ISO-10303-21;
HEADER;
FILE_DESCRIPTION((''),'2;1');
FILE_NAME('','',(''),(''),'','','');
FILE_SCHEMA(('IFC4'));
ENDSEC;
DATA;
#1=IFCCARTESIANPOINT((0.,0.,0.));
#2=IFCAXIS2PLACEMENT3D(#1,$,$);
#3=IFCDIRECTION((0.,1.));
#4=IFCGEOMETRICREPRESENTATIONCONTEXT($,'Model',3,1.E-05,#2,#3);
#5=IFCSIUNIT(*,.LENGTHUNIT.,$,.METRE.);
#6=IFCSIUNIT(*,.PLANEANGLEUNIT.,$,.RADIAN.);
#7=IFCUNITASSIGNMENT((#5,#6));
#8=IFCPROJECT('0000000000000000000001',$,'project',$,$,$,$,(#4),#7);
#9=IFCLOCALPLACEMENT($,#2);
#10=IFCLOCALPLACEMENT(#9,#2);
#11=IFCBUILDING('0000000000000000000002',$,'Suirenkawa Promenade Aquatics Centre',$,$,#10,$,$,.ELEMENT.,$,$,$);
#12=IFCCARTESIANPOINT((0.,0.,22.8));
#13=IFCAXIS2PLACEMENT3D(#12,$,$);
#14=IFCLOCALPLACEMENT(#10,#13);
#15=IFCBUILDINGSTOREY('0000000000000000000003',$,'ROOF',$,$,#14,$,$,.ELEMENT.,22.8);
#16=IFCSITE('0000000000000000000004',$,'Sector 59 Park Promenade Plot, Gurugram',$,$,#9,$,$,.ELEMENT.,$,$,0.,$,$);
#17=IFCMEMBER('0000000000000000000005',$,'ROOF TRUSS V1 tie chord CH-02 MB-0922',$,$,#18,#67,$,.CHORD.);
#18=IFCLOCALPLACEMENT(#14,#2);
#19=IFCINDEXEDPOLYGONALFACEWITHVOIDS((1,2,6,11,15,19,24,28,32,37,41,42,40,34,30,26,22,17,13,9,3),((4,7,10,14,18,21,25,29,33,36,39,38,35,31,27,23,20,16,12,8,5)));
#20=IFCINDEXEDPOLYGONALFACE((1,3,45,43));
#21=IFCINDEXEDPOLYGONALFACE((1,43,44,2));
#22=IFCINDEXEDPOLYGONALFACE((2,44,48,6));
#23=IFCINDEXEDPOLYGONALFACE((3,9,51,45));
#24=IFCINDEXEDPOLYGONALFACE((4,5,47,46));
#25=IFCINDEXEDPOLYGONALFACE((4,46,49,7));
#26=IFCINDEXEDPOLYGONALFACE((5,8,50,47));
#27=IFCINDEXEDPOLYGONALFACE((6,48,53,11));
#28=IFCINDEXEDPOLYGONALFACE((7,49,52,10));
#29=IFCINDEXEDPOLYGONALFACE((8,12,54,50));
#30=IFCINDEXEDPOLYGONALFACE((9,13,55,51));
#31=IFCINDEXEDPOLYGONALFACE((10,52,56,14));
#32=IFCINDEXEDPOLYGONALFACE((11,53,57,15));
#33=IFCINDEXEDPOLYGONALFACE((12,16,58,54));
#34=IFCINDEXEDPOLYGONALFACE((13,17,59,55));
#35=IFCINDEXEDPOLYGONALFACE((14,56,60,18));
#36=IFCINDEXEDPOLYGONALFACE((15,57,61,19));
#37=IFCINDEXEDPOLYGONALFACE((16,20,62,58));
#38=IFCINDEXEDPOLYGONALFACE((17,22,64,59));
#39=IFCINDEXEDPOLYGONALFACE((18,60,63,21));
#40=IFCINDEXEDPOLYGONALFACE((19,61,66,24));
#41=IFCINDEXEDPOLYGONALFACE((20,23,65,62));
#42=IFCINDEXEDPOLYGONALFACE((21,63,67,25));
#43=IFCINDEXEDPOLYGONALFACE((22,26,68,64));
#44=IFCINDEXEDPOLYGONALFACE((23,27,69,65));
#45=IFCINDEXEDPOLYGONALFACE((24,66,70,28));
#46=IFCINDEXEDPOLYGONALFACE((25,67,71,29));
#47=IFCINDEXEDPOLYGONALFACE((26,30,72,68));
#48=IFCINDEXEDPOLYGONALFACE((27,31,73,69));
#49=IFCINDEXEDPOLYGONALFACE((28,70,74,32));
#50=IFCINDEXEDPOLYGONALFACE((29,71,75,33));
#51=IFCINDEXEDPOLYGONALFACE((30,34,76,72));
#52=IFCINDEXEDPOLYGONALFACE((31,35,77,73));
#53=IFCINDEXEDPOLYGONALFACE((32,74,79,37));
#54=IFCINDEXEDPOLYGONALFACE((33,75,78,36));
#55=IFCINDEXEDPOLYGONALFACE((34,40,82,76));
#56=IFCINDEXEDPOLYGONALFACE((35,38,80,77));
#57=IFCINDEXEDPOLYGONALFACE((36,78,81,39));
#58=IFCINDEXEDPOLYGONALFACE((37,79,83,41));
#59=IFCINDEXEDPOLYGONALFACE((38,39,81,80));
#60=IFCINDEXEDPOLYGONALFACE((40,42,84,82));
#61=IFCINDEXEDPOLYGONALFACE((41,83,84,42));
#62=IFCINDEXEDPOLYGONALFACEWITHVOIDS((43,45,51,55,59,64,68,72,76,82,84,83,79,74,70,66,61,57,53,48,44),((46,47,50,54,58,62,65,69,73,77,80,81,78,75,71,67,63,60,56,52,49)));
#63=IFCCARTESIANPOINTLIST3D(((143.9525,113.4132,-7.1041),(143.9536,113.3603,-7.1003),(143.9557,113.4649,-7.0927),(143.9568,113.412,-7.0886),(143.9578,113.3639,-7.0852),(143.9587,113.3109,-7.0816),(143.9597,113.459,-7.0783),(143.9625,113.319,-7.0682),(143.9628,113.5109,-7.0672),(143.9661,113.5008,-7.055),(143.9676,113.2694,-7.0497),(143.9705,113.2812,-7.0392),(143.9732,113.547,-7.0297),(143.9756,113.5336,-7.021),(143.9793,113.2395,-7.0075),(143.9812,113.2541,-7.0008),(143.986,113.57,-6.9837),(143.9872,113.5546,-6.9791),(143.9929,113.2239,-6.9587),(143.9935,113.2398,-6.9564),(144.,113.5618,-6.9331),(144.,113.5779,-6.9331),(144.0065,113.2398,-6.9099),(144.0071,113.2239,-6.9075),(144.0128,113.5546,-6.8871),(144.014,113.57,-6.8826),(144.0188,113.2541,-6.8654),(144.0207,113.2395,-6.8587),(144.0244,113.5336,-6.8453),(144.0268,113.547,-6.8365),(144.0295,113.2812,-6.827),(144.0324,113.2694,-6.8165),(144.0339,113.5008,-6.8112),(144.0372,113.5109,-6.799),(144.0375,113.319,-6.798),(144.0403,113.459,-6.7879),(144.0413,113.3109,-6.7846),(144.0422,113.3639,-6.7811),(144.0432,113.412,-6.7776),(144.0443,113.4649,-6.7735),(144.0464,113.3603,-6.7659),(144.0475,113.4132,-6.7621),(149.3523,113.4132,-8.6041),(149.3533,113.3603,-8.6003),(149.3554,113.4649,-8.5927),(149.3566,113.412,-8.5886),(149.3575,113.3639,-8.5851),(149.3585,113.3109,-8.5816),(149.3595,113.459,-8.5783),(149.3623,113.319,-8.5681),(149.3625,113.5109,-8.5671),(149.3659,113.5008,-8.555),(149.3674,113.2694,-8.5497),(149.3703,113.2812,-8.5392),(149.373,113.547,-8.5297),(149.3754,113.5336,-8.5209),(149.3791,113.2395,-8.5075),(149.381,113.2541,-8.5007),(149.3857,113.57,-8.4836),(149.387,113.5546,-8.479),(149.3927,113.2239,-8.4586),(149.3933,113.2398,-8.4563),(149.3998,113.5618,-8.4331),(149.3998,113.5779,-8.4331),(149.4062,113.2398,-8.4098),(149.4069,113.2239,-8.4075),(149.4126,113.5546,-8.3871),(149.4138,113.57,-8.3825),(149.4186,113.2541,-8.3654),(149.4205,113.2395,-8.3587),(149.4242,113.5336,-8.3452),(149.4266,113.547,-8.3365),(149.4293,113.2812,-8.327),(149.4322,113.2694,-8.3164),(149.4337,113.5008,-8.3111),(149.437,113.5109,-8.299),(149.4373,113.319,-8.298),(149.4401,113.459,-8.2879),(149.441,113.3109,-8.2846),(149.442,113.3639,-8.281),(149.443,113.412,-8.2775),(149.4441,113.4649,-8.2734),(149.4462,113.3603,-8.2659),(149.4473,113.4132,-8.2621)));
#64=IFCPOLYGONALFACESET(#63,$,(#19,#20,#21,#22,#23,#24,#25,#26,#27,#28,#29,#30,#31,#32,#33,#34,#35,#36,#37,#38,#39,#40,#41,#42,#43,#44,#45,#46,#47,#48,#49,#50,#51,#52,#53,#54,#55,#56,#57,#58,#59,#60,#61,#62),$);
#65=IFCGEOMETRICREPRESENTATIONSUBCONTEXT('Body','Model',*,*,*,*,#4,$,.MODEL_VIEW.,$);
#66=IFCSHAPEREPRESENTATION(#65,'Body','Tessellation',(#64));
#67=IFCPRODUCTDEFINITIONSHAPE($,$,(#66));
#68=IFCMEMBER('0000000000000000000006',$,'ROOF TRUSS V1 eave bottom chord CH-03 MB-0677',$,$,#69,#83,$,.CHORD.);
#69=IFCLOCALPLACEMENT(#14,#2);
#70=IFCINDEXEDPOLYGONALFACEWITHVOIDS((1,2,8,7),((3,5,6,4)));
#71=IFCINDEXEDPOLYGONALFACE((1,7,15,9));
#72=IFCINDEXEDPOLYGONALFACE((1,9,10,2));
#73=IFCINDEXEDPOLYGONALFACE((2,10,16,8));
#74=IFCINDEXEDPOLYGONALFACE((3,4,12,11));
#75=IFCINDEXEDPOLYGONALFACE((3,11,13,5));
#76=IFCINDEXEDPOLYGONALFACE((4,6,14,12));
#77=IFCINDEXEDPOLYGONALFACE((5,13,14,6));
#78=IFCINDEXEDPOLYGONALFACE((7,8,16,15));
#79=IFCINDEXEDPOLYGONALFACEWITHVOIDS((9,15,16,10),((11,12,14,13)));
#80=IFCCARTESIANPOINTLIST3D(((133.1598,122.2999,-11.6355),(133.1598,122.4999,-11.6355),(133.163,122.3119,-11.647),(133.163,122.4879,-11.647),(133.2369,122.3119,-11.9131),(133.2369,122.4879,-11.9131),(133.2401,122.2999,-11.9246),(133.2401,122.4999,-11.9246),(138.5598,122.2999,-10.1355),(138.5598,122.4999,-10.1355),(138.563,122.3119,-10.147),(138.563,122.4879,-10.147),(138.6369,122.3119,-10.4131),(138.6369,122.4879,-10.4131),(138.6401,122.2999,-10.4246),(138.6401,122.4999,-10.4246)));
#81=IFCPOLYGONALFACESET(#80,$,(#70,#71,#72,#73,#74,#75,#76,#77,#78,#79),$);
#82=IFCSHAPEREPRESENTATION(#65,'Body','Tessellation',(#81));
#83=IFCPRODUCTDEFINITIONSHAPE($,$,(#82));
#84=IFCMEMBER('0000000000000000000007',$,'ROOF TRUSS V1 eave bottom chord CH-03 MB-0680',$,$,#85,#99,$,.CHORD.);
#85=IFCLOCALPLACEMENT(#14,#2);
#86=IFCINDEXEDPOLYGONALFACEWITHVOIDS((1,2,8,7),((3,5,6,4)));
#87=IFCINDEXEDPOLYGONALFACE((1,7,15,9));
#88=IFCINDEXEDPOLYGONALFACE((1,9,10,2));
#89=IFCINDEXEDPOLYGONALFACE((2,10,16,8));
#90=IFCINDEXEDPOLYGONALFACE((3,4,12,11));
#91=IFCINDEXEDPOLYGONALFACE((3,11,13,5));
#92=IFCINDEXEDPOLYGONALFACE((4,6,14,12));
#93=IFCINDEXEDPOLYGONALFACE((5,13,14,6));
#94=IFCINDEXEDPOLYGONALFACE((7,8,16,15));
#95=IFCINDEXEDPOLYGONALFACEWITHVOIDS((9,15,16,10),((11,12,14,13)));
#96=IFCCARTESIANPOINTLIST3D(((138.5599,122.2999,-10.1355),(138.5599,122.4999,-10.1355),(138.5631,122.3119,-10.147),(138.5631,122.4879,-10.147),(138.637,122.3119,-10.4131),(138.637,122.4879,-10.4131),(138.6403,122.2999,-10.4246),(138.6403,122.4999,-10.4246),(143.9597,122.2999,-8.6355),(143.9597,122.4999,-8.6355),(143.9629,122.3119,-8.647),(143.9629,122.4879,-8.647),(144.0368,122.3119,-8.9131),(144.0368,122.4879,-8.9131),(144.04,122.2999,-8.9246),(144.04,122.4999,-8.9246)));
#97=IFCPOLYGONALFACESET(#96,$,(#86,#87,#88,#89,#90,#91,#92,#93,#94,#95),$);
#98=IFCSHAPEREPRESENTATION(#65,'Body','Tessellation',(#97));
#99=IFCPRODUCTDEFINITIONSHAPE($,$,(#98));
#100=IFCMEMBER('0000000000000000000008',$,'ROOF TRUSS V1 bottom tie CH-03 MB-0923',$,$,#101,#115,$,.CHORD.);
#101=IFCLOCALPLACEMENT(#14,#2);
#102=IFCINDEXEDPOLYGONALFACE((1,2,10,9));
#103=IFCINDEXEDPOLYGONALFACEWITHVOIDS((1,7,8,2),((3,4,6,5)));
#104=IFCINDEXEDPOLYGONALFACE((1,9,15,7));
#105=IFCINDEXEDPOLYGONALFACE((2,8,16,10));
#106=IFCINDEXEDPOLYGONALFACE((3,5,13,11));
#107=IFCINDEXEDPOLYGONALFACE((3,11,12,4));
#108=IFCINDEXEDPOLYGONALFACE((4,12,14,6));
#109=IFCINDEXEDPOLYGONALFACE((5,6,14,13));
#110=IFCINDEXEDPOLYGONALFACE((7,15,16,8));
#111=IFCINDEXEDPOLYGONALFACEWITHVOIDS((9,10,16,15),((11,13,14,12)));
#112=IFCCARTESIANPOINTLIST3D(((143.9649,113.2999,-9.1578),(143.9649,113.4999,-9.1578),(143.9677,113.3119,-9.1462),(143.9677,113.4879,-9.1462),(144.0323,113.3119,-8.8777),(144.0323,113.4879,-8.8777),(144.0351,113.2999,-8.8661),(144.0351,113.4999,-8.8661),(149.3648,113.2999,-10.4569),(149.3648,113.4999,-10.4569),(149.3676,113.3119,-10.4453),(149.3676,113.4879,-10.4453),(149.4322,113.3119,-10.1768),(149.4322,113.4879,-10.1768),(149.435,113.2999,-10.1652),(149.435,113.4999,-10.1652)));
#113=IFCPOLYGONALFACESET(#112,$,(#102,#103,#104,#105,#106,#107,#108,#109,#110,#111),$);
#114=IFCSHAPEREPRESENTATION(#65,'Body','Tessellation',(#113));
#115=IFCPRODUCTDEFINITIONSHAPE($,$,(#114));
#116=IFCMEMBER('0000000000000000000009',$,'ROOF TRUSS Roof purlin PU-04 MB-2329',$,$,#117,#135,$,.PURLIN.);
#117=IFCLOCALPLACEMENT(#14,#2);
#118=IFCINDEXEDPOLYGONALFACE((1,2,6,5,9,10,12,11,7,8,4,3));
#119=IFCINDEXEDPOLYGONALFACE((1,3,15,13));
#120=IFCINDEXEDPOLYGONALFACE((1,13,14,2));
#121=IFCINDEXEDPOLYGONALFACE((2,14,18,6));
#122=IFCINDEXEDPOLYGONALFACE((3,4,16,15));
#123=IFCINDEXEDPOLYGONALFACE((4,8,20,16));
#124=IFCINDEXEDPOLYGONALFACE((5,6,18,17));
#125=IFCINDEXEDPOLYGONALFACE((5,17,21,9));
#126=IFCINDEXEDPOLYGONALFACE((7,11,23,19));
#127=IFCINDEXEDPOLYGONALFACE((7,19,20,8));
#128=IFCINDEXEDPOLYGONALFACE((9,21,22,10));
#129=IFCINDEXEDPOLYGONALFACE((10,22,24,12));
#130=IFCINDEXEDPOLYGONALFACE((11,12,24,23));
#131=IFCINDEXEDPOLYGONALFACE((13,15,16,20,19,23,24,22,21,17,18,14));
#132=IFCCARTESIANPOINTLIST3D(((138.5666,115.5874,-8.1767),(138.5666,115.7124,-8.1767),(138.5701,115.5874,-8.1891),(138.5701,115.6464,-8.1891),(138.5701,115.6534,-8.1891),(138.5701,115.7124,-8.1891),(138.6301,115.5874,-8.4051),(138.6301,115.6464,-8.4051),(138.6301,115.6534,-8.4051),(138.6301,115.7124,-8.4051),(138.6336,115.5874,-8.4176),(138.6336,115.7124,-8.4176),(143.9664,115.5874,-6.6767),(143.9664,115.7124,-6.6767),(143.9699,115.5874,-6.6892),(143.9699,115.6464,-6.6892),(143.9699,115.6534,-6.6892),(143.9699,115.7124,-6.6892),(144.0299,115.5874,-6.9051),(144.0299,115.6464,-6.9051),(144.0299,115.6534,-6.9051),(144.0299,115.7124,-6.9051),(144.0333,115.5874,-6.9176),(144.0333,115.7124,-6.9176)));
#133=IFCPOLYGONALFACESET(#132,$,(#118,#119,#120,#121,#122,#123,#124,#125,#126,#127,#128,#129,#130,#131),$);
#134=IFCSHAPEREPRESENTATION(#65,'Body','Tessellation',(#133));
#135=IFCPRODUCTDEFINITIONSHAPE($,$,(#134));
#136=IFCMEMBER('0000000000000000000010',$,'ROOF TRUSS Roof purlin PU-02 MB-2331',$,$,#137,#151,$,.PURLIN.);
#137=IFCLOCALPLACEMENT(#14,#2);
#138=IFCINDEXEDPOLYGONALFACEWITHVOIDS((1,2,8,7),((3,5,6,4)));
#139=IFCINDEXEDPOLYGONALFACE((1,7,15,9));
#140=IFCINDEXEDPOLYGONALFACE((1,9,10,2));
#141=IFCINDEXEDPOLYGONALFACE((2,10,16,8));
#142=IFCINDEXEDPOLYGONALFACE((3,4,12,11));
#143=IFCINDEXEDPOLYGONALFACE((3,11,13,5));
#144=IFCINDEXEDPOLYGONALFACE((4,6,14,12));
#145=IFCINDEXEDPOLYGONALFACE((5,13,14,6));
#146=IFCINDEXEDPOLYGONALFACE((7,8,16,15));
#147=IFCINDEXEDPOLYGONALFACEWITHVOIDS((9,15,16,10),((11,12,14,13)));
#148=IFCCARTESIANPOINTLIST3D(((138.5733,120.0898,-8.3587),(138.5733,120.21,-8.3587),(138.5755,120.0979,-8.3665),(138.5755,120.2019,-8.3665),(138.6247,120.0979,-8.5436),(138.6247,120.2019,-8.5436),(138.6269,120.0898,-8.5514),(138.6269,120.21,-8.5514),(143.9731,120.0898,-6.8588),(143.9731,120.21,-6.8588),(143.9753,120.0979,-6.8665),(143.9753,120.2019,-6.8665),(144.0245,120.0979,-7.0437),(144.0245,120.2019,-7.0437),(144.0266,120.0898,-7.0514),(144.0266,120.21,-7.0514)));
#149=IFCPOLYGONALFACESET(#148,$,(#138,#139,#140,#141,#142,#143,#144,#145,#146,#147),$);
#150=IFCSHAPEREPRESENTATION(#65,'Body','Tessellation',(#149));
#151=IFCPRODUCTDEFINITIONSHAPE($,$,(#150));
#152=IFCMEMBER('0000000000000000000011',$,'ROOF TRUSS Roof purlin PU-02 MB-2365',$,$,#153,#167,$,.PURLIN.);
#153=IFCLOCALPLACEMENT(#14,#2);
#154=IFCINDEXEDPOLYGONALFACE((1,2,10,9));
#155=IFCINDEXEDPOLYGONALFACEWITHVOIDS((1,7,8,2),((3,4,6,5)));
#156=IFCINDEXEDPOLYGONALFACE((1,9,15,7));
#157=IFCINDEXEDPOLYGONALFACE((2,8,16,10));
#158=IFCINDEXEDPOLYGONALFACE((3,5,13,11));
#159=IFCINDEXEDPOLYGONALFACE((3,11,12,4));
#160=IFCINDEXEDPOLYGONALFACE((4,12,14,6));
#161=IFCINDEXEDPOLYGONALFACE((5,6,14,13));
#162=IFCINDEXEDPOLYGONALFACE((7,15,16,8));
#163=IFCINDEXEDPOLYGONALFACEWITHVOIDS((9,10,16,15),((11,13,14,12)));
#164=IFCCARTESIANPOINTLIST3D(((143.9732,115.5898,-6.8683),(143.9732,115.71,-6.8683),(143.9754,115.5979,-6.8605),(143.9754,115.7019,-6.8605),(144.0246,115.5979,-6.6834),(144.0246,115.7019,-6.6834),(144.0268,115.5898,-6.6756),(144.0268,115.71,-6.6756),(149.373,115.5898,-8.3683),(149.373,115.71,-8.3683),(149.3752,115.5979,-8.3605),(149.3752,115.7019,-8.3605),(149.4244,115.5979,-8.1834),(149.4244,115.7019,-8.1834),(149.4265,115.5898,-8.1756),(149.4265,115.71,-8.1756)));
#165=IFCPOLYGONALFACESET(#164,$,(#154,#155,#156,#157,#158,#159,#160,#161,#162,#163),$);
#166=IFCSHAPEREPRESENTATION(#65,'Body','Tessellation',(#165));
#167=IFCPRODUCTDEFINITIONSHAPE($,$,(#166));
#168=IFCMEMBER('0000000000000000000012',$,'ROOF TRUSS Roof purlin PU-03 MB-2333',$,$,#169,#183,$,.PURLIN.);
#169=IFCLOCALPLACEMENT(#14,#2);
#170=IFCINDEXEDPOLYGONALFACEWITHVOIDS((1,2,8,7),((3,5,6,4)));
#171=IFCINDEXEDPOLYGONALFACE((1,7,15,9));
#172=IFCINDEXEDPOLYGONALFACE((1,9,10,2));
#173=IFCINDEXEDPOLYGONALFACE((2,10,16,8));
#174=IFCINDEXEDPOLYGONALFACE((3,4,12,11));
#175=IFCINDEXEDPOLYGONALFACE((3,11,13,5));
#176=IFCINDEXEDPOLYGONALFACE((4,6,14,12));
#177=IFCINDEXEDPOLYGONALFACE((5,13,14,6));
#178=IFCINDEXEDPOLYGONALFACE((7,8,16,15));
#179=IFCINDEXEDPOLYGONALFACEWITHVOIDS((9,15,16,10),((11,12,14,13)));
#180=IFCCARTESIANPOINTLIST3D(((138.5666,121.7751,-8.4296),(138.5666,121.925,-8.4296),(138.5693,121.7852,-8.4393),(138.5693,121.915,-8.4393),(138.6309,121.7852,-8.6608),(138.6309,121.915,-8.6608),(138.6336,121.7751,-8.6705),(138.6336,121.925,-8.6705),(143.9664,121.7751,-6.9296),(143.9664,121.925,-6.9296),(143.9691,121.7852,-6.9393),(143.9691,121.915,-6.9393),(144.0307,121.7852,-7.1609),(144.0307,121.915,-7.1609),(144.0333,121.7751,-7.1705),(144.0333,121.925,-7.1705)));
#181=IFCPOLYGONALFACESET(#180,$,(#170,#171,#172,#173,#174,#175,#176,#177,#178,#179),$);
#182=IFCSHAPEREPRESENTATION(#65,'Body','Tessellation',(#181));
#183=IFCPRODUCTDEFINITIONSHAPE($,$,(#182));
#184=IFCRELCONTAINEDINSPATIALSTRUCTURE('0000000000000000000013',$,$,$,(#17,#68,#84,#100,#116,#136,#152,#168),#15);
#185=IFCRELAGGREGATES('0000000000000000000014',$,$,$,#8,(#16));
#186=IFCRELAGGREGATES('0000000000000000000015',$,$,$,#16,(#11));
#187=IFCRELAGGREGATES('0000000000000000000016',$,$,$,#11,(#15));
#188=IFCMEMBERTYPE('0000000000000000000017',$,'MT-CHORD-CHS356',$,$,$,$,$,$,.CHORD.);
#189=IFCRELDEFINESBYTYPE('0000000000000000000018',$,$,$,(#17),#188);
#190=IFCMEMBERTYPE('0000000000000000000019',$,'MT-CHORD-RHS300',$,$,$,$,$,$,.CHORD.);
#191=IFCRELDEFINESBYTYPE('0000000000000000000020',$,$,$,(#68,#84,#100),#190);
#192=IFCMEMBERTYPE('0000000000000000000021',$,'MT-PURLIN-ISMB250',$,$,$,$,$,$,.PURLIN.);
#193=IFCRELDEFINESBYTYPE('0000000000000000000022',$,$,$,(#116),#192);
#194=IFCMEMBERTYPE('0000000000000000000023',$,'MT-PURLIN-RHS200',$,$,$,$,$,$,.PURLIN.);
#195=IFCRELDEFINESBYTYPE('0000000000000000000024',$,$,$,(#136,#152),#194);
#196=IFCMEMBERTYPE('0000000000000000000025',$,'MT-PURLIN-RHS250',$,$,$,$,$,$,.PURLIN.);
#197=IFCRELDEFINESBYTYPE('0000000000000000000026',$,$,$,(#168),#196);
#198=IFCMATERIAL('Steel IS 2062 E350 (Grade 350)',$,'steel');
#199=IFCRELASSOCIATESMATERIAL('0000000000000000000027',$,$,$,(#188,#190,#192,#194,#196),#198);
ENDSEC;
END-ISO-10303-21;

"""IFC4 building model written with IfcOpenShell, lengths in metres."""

from ifc_helpers import new_model, si_unit, direction, frame, origin, origin_2d, place, context, subcontext, project, spatial, hollow_rectangle, hollow_circle, i_section, extrude, material, material_profile, profile_set, type_object, element, save


model = new_model("IFC4")

# Units and contexts
model_context = context("Model", 3, precision=1e-05, world=origin(), true_north=direction((0.0, 1.0)))
body_context = subcontext(model_context, "Body", "Model", "MODEL_VIEW")
ifc_project = project(units=[si_unit("LENGTHUNIT", "METRE"), si_unit("PLANEANGLEUNIT", "RADIAN")], contexts=[model_context])

# Site, building, storey
site_placement = place(None, origin())
site = spatial("IfcSite", under=ifc_project, at=site_placement, Name="Sector 59 Park Promenade Plot, Gurugram", CompositionType="ELEMENT", RefElevation=0.0)
building_placement = place(site_placement, origin())
building = spatial("IfcBuilding", under=site, at=building_placement, Name="Suirenkawa Promenade Aquatics Centre", CompositionType="ELEMENT")
storey_placement = place(building_placement, frame((0.0, 0.0, 22.8)))
storey = spatial("IfcBuildingStorey", under=building, at=storey_placement, Name="ROOF", CompositionType="ELEMENT", Elevation=22.8)

# Shared definitions
ifc_material = material(Name="Steel IS 2062 E350 (Grade 350)", Category="steel")

# Members
ifc_material_profile_1 = material_profile(ifc_material, hollow_circle(Radius=0.178, WallThickness=0.0161, at=origin_2d()), Name="CHS 356x16", Category="steel")
ifc_profile_set_1 = profile_set([ifc_material_profile_1], Name="Steel IS 2062 E350 (Grade 350)")
member_type_1 = type_object("IfcMemberType", Name="MT-CHORD-CHS356", PredefinedType="CHORD", material=ifc_profile_set_1)
for number, where, z_axis, x_axis, name in (
    (1, (144.0, 113.3999, -6.9331), (0.963517, 0.0, -0.267648), (0.0, 1.0, 0.0), "ROOF TRUSS V1 tie chord CH-02 MB-0922"),
):
    element("IfcMember", number, at=place(storey_placement, frame(where, z_axis=z_axis, x_axis=x_axis)), inside=storey, type_object=member_type_1, Name=name, PredefinedType="CHORD", context=body_context, shape_type="SweptSolid", body=[
        extrude(hollow_circle(Radius=0.178, WallThickness=0.0161, at=origin_2d()), origin(), (0.0, 0.0, 1.0), 5.6042),
    ])
ifc_material_profile_2 = material_profile(ifc_material, hollow_rectangle(XDim=0.2, YDim=0.3, WallThickness=0.012, at=origin_2d()), Name="RHS 300x200x12", Category="steel")
ifc_profile_set_2 = profile_set([ifc_material_profile_2], Name="Steel IS 2062 E350 (Grade 350)")
member_type_2 = type_object("IfcMemberType", Name="MT-CHORD-RHS300", PredefinedType="CHORD", material=ifc_profile_set_2)
member_1_placement = place(storey_placement, frame((133.2, 122.3999, -11.78), z_axis=(0.96352, 0.0, 0.267637), x_axis=(0.0, 1.0, 0.0)))
element("IfcMember", 2, at=member_1_placement, inside=storey, type_object=member_type_2, Name="ROOF TRUSS V1 eave bottom chord CH-03 MB-0677", PredefinedType="CHORD", context=body_context, shape_type="SweptSolid", body=[
    extrude(hollow_rectangle(XDim=0.2, YDim=0.3, WallThickness=0.012, at=origin_2d()), origin(), (0.0, 0.0, 1.0), 5.6045),
])
member_2_placement = place(storey_placement, frame((138.6001, 122.3999, -10.28), z_axis=(0.963517, 0.0, 0.267648), x_axis=(0.0, 1.0, 0.0)))
element("IfcMember", 3, at=member_2_placement, inside=storey, type_object=member_type_2, Name="ROOF TRUSS V1 eave bottom chord CH-03 MB-0680", PredefinedType="CHORD", context=body_context, shape_type="SweptSolid", body=[
    extrude(hollow_rectangle(XDim=0.2, YDim=0.3, WallThickness=0.012, at=origin_2d()), origin(), (0.0, 0.0, 1.0), 5.6042),
])
member_3_placement = place(storey_placement, frame((144.0, 113.3999, -9.012), z_axis=(0.972261, 0.0, -0.2339), x_axis=(0.0, 1.0, 0.0)))
element("IfcMember", 4, at=member_3_placement, inside=storey, type_object=member_type_2, Name="ROOF TRUSS V1 bottom tie CH-03 MB-0923", PredefinedType="CHORD", context=body_context, shape_type="SweptSolid", body=[
    extrude(hollow_rectangle(XDim=0.2, YDim=0.3, WallThickness=0.012, at=origin_2d()), origin(), (0.0, 0.0, 1.0), 5.554),
])
ifc_material_profile_3 = material_profile(ifc_material, i_section(OverallWidth=0.125, OverallDepth=0.25, WebThickness=0.0071, FlangeThickness=0.0129, at=origin_2d()), Name="ISMB 250", Category="steel")
ifc_profile_set_3 = profile_set([ifc_material_profile_3], Name="Steel IS 2062 E350 (Grade 350)")
member_type_3 = type_object("IfcMemberType", Name="MT-PURLIN-ISMB250", PredefinedType="PURLIN", material=ifc_profile_set_3)
member_4_placement = place(storey_placement, frame((138.6001, 115.6499, -8.2971), z_axis=(0.963517, 0.0, 0.267648), x_axis=(0.0, 1.0, 0.0)))
element("IfcMember", 5, at=member_4_placement, inside=storey, type_object=member_type_3, Name="ROOF TRUSS Roof purlin PU-04 MB-2329", PredefinedType="PURLIN", context=body_context, shape_type="SweptSolid", body=[
    extrude(i_section(OverallWidth=0.125, OverallDepth=0.25, WebThickness=0.0071, FlangeThickness=0.0129, at=origin_2d()), origin(), (0.0, 0.0, 1.0), 5.6042),
])
ifc_material_profile_4 = material_profile(ifc_material, hollow_rectangle(XDim=0.1201, YDim=0.2, WallThickness=0.0081, at=origin_2d()), Name="RHS 200x120x8", Category="steel")
ifc_profile_set_4 = profile_set([ifc_material_profile_4], Name="Steel IS 2062 E350 (Grade 350)")
member_type_4 = type_object("IfcMemberType", Name="MT-PURLIN-RHS200", PredefinedType="PURLIN", material=ifc_profile_set_4)
for number, where, z_axis, x_axis, name in (
    (6, (138.6001, 120.1499, -8.4551), (0.963517, 0.0, 0.267648), (0.0, 1.0, 0.0), "ROOF TRUSS Roof purlin PU-02 MB-2331"),
    (7, (144.0, 115.6499, -6.772), (0.963517, 0.0, -0.267648), (0.0, 1.0, 0.0), "ROOF TRUSS Roof purlin PU-02 MB-2365"),
):
    element("IfcMember", number, at=place(storey_placement, frame(where, z_axis=z_axis, x_axis=x_axis)), inside=storey, type_object=member_type_4, Name=name, PredefinedType="PURLIN", context=body_context, shape_type="SweptSolid", body=[
        extrude(hollow_rectangle(XDim=0.1201, YDim=0.2, WallThickness=0.0081, at=origin_2d()), origin(), (0.0, 0.0, 1.0), 5.6042),
    ])
ifc_material_profile_5 = material_profile(ifc_material, hollow_rectangle(XDim=0.1499, YDim=0.25, WallThickness=0.01, at=origin_2d()), Name="RHS 250x150x10", Category="steel")
ifc_profile_set_5 = profile_set([ifc_material_profile_5], Name="Steel IS 2062 E350 (Grade 350)")
member_type_5 = type_object("IfcMemberType", Name="MT-PURLIN-RHS250", PredefinedType="PURLIN", material=ifc_profile_set_5)
member_5_placement = place(storey_placement, frame((138.6001, 121.8501, -8.55), z_axis=(0.963517, 0.0, 0.267648), x_axis=(0.0, 1.0, 0.0)))
element("IfcMember", 8, at=member_5_placement, inside=storey, type_object=member_type_5, Name="ROOF TRUSS Roof purlin PU-03 MB-2333", PredefinedType="PURLIN", context=body_context, shape_type="SweptSolid", body=[
    extrude(hollow_rectangle(XDim=0.1499, YDim=0.25, WallThickness=0.01, at=origin_2d()), origin(), (0.0, 0.0, 1.0), 5.6042),
])

save(model, "model.ifc")
